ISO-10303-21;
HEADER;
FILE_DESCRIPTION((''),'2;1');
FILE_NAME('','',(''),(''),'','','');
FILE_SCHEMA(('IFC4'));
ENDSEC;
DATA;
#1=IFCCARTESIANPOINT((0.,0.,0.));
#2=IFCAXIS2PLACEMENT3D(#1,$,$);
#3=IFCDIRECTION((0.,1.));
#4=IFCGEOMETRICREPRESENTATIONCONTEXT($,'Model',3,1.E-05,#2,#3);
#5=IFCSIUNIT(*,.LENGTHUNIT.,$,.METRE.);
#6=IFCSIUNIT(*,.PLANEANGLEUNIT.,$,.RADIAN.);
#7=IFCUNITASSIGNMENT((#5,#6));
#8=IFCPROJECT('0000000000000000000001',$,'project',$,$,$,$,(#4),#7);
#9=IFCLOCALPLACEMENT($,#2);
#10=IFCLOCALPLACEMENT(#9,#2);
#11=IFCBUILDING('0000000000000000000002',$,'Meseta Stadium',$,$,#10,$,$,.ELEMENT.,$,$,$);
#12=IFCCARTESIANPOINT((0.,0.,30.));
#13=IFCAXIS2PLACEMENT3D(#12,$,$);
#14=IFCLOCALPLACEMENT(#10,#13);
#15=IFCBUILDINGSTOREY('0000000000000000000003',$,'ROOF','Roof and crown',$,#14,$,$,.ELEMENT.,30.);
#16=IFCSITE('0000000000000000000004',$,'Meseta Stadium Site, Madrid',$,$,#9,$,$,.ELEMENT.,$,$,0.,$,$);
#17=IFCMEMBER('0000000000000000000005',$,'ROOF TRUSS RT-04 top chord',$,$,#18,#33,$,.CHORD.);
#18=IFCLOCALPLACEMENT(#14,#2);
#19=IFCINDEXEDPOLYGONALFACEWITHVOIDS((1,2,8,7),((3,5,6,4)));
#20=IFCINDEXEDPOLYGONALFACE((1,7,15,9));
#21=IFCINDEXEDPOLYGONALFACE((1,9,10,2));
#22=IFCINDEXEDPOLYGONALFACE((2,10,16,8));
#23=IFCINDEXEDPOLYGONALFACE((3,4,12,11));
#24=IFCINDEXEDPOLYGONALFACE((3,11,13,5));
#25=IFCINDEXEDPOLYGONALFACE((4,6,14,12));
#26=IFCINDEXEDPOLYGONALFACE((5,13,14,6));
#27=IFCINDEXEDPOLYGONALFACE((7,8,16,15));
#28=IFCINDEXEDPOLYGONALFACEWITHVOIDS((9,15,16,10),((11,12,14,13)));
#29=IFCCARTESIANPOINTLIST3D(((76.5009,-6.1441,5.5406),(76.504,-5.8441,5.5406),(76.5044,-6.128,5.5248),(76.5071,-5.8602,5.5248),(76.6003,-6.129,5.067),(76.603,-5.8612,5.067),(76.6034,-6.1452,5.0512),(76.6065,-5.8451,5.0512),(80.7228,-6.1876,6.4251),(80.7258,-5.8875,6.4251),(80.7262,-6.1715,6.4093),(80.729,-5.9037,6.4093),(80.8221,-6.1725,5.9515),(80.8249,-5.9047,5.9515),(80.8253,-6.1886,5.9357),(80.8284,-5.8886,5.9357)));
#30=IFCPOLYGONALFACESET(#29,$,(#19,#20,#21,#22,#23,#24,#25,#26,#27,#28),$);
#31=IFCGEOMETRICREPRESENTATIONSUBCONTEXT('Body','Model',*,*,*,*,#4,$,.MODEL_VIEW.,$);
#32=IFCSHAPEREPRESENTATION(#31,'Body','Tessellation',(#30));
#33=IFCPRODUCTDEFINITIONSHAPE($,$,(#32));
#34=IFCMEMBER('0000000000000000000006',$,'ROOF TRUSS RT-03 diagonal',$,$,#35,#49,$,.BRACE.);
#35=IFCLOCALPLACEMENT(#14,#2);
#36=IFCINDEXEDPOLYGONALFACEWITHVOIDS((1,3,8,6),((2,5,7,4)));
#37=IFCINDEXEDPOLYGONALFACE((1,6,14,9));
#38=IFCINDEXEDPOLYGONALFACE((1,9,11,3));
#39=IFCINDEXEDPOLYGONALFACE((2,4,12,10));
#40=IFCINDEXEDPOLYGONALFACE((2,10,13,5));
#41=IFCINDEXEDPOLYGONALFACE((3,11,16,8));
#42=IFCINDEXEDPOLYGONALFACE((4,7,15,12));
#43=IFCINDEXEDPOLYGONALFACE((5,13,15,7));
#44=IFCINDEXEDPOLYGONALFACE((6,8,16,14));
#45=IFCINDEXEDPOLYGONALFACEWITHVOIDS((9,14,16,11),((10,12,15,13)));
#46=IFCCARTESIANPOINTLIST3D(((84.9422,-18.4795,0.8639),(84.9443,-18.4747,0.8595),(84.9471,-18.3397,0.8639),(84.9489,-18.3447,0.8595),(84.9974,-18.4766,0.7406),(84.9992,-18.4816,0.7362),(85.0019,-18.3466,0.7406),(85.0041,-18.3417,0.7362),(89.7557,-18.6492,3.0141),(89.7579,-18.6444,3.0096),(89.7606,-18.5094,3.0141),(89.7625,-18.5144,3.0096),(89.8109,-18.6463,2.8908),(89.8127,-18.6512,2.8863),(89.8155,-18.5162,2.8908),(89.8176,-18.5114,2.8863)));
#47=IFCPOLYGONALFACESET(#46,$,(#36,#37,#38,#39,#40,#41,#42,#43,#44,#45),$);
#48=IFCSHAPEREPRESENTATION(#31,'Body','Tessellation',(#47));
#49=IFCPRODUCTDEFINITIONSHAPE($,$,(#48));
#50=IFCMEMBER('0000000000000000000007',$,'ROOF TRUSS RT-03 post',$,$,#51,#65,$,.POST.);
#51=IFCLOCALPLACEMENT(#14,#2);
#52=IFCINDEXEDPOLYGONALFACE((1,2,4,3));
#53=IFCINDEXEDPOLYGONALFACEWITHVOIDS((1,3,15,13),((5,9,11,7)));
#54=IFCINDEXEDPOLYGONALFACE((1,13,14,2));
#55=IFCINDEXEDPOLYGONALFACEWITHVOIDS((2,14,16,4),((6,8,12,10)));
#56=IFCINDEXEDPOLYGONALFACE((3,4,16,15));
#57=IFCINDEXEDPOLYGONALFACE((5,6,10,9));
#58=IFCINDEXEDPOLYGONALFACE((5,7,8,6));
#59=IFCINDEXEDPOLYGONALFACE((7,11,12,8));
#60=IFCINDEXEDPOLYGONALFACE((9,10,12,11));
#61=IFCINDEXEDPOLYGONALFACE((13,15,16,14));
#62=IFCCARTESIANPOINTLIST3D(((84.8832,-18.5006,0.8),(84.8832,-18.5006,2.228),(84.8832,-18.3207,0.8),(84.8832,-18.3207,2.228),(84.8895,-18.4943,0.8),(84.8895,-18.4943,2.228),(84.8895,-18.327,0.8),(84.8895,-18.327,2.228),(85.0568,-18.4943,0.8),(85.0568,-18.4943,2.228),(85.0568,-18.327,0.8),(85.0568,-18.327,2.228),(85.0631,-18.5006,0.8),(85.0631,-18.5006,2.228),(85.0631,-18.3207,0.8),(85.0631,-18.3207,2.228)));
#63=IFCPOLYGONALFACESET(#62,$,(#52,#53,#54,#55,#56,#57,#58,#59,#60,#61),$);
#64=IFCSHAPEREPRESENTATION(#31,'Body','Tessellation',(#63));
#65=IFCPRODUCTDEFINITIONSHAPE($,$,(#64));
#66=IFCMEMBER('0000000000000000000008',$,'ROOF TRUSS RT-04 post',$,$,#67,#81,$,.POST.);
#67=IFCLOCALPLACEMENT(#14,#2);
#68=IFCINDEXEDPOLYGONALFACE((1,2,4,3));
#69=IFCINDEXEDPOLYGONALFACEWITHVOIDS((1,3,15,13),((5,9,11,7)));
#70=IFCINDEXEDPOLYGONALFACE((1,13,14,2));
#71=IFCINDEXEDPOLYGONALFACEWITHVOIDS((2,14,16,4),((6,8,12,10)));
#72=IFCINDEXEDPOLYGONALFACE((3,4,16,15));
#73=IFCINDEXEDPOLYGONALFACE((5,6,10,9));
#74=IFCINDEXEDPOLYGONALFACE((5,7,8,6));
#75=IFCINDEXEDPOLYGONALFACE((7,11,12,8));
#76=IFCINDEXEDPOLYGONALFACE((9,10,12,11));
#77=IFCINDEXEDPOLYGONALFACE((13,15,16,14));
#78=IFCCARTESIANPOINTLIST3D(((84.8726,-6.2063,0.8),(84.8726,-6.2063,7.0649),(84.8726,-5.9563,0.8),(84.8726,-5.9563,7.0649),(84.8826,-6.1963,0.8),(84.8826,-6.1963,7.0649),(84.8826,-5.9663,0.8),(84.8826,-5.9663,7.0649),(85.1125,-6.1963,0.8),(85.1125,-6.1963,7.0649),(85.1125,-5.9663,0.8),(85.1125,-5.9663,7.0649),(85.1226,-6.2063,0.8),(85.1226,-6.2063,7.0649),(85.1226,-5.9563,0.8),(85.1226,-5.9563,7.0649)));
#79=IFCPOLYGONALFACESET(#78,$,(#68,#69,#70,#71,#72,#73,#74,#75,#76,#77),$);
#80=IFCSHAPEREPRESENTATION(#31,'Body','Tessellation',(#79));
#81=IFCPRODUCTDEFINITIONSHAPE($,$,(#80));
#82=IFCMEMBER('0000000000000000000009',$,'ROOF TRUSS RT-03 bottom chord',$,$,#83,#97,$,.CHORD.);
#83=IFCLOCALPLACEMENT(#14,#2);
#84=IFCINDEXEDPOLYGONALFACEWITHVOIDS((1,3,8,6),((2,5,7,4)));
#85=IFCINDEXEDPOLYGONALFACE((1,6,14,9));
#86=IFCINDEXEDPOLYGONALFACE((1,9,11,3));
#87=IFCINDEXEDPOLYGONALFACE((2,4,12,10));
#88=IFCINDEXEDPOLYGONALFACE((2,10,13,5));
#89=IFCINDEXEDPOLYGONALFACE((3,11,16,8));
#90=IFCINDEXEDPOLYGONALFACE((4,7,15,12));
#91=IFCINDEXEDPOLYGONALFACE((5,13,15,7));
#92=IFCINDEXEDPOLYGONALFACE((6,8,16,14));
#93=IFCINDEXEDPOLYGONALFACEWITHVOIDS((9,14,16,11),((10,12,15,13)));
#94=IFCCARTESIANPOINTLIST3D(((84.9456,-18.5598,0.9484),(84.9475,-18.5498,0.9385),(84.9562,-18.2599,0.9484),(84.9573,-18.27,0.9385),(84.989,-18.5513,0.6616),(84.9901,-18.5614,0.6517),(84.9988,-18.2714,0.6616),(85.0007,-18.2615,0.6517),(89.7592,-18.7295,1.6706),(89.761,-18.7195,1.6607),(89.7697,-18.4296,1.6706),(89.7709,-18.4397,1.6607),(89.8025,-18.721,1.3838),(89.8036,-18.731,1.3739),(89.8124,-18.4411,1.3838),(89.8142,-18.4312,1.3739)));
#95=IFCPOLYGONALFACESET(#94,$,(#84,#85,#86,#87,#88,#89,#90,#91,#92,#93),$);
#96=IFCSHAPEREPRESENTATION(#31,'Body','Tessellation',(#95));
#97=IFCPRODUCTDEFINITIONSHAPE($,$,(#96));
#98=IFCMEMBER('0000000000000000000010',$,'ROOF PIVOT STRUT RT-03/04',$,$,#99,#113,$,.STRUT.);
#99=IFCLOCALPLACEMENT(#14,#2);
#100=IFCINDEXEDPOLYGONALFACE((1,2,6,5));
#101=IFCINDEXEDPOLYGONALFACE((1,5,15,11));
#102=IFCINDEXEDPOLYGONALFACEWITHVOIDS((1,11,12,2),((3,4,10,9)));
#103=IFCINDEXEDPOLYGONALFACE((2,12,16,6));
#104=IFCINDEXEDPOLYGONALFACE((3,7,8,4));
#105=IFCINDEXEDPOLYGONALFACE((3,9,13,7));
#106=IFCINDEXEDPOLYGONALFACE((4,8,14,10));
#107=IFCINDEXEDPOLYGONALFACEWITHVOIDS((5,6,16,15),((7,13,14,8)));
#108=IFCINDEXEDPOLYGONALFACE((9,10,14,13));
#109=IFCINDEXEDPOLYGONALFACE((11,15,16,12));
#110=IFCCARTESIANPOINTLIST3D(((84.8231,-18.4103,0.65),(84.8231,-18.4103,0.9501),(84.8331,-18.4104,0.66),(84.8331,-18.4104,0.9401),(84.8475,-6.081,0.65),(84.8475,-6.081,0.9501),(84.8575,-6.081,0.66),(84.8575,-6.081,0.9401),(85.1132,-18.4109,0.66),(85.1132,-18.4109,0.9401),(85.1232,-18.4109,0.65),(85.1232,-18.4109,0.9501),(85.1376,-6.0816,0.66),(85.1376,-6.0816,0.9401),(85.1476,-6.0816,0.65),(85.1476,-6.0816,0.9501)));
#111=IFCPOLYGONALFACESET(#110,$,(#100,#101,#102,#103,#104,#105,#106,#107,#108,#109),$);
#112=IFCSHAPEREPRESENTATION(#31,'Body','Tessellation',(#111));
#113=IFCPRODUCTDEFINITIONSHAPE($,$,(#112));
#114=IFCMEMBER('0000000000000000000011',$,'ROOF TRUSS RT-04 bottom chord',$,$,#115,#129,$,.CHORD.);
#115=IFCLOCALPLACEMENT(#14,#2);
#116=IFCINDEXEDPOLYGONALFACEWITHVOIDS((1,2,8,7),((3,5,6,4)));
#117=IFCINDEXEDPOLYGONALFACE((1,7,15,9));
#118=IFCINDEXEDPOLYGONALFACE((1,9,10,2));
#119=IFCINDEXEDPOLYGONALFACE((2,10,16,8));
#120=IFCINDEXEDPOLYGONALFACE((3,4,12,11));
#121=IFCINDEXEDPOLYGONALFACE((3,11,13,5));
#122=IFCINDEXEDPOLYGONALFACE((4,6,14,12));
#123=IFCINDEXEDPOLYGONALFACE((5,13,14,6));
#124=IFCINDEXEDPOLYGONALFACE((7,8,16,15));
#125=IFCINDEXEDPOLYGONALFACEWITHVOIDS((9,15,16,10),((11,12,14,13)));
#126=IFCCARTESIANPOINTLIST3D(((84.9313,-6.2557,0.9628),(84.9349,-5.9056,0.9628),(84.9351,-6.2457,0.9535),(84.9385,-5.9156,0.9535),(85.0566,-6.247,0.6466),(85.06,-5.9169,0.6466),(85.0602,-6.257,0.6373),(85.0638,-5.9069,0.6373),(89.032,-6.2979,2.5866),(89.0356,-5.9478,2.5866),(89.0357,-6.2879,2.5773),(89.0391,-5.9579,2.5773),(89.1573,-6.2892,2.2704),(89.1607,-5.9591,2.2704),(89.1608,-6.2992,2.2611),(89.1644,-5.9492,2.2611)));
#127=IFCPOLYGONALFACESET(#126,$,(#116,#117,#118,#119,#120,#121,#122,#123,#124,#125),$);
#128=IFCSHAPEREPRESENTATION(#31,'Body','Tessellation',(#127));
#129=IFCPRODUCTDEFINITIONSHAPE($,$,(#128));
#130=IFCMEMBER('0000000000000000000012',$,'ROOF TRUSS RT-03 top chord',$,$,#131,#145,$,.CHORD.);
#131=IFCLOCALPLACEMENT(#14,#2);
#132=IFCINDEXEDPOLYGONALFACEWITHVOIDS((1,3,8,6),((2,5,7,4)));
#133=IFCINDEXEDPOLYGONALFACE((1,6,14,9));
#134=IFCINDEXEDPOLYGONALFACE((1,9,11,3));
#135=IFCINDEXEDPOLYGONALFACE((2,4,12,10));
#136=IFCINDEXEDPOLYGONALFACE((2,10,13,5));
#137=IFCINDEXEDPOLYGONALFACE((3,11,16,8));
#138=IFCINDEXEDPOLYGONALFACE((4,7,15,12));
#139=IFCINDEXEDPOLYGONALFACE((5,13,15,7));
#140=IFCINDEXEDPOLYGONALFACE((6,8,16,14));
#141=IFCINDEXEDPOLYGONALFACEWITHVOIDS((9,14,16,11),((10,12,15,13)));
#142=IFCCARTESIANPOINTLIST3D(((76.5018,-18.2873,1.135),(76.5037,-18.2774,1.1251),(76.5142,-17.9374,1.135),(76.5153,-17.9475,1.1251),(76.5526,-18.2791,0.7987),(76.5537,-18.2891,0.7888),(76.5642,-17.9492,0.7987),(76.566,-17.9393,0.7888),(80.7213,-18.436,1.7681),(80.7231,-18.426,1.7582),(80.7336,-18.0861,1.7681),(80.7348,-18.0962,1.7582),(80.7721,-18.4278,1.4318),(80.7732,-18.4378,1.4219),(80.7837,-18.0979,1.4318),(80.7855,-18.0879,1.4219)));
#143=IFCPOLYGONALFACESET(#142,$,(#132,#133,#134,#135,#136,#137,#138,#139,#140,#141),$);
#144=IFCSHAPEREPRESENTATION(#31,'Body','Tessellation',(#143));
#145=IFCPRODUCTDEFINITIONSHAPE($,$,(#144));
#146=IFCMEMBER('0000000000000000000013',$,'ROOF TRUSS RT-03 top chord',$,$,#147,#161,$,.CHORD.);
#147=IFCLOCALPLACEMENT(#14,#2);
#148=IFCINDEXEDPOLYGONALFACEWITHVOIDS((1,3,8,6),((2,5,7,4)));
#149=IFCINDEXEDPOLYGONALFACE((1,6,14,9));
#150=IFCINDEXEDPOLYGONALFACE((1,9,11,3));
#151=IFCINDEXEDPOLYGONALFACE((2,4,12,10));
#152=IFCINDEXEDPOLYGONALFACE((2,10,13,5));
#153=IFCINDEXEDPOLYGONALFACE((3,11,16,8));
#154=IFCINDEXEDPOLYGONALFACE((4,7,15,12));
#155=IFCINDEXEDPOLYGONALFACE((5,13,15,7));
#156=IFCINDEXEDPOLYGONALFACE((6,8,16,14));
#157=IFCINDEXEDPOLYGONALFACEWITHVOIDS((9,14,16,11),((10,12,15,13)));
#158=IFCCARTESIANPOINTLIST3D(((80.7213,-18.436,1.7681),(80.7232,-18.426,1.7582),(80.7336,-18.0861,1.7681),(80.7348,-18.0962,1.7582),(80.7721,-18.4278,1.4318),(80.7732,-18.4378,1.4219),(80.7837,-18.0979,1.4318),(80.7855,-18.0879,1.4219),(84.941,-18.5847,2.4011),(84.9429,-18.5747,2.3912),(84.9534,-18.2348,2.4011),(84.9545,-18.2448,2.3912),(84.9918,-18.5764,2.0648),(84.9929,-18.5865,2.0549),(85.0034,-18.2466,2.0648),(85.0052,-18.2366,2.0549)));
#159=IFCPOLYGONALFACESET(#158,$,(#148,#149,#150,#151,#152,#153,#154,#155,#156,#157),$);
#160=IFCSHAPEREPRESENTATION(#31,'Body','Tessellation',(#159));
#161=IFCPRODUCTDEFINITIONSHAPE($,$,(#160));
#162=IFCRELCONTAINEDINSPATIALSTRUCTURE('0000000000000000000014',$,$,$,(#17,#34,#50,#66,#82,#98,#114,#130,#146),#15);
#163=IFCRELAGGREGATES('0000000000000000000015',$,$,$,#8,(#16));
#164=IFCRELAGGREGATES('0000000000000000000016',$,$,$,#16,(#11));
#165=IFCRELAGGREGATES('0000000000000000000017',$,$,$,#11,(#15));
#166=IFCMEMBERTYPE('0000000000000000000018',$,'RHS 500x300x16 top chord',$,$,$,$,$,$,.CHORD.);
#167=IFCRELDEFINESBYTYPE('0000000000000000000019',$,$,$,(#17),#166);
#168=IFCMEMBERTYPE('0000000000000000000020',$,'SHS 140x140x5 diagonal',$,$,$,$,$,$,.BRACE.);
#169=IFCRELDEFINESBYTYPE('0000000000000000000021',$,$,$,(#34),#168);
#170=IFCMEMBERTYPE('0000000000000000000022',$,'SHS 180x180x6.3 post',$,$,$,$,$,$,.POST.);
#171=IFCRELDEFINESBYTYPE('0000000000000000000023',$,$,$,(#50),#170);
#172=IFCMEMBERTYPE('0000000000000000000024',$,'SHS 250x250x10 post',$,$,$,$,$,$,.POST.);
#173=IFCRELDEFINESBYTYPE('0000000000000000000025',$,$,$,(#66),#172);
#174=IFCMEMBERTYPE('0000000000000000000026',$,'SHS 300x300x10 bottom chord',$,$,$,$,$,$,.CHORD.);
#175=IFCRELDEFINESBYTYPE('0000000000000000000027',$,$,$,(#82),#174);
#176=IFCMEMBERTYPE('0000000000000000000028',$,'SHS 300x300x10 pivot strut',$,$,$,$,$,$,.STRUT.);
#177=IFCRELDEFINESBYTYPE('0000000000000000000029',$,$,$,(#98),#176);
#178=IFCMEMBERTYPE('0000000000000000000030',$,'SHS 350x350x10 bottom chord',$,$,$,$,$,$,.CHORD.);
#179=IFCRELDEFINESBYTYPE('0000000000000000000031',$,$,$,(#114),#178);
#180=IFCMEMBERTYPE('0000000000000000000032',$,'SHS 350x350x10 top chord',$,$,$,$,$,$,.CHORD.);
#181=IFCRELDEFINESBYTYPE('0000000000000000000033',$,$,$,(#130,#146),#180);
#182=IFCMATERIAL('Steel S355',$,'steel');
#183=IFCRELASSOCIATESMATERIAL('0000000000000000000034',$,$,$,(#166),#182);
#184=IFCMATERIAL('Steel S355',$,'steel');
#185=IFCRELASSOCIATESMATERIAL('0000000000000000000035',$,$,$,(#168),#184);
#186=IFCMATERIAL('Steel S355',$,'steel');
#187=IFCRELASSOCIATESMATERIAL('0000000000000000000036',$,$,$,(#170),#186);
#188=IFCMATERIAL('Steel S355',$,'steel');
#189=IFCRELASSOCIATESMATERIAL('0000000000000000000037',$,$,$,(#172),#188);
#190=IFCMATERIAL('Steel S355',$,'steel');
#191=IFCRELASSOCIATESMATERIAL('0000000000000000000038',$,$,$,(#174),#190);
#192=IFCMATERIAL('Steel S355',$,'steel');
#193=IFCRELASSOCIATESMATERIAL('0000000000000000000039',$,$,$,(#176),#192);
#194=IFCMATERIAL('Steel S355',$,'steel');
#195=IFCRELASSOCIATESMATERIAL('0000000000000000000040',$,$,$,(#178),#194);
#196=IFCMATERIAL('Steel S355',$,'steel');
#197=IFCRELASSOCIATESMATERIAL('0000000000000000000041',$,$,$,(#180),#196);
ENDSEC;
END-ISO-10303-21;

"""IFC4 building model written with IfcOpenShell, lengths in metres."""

from ifc_helpers import new_model, si_unit, direction, frame, origin, origin_2d, place, context, subcontext, project, spatial, hollow_rectangle, extrude, material, material_profile, profile_set, type_object, element, save


model = new_model("IFC4")

# Units and contexts
model_context = context("Model", 3, precision=1e-05, world=origin(), true_north=direction((0.0, 1.0)))
body_context = subcontext(model_context, "Body", "Model", "MODEL_VIEW")
ifc_project = project(units=[si_unit("LENGTHUNIT", "METRE"), si_unit("PLANEANGLEUNIT", "RADIAN")], contexts=[model_context])

# Site, building, storey
site_placement = place(None, origin())
site = spatial("IfcSite", under=ifc_project, at=site_placement, Name="Meseta Stadium Site, Madrid", CompositionType="ELEMENT", RefElevation=0.0)
building_placement = place(site_placement, origin())
building = spatial("IfcBuilding", under=site, at=building_placement, Name="Meseta Stadium", CompositionType="ELEMENT")
storey_placement = place(building_placement, frame((0.0, 0.0, 30.0)))
storey = spatial("IfcBuildingStorey", under=building, at=storey_placement, Name="ROOF", Description="Roof and crown", CompositionType="ELEMENT", Elevation=30.0)

# Members
ifc_material_1 = material(Name="Steel S355", Category="steel")
ifc_material_profile_1 = material_profile(ifc_material_1, hollow_rectangle(XDim=0.3, YDim=0.5, WallThickness=0.0161, at=origin_2d()), Name="RHS 500x300x16")
ifc_profile_set_1 = profile_set([ifc_material_profile_1], Name="Steel S355")
member_type_1 = type_object("IfcMemberType", Name="RHS 500x300x16 top chord", PredefinedType="CHORD", material=ifc_profile_set_1)
member_1_placement = place(storey_placement, frame((76.5537, -5.9946, 5.2959), z_axis=(0.978701, -0.010074, 0.205044), x_axis=(0.010293, 0.999947, 0.0)))
element("IfcMember", 1, at=member_1_placement, inside=storey, type_object=member_type_1, Name="ROOF TRUSS RT-04 top chord", PredefinedType="CHORD", context=body_context, shape_type="SweptSolid", body=[
    extrude(hollow_rectangle(XDim=0.3, YDim=0.5, WallThickness=0.0161, at=origin_2d()), origin(), (0.0, 0.0, 1.0), 4.3137),
])
ifc_material_2 = material(Name="Steel S355", Category="steel")
ifc_material_profile_2 = material_profile(ifc_material_2, hollow_rectangle(XDim=0.1399, YDim=0.1399, WallThickness=0.0049, at=origin_2d()), Name="SHS 140x140x5")
ifc_profile_set_2 = profile_set([ifc_material_profile_2], Name="Steel S355")
member_type_2 = type_object("IfcMemberType", Name="SHS 140x140x5 diagonal", PredefinedType="BRACE", material=ifc_profile_set_2)
member_2_placement = place(storey_placement, frame((84.9731, -18.4106, 0.8), z_axis=(0.912575, -0.032169, 0.407641), x_axis=(0.035229, 0.999379, 0.0)))
element("IfcMember", 2, at=member_2_placement, inside=storey, type_object=member_type_2, Name="ROOF TRUSS RT-03 diagonal", PredefinedType="BRACE", context=body_context, shape_type="SweptSolid", body=[
    extrude(hollow_rectangle(XDim=0.1399, YDim=0.1399, WallThickness=0.0049, at=origin_2d()), origin(), (0.0, 0.0, 1.0), 5.2747),
])
ifc_material_3 = material(Name="Steel S355", Category="steel")
ifc_material_profile_3 = material_profile(ifc_material_3, hollow_rectangle(XDim=0.1799, YDim=0.1799, WallThickness=0.0063, at=origin_2d()), Name="SHS 180x180x6.3")
ifc_profile_set_3 = profile_set([ifc_material_profile_3], Name="Steel S355")
member_type_3 = type_object("IfcMemberType", Name="SHS 180x180x6.3 post", PredefinedType="POST", material=ifc_profile_set_3)
member_3_placement = place(storey_placement, frame((84.9731, -18.4106, 0.8), z_axis=(0.0, 0.0, 1.0), x_axis=(1.0, 0.0, 0.0)))
element("IfcMember", 3, at=member_3_placement, inside=storey, type_object=member_type_3, Name="ROOF TRUSS RT-03 post", PredefinedType="POST", context=body_context, shape_type="SweptSolid", body=[
    extrude(hollow_rectangle(XDim=0.1799, YDim=0.1799, WallThickness=0.0063, at=origin_2d()), origin(), (0.0, 0.0, 1.0), 1.428),
])
ifc_material_4 = material(Name="Steel S355", Category="steel")
ifc_material_profile_4 = material_profile(ifc_material_4, hollow_rectangle(XDim=0.25, YDim=0.25, WallThickness=0.01, at=origin_2d()), Name="SHS 250x250x10")
ifc_profile_set_4 = profile_set([ifc_material_profile_4], Name="Steel S355")
member_type_4 = type_object("IfcMemberType", Name="SHS 250x250x10 post", PredefinedType="POST", material=ifc_profile_set_4)
member_4_placement = place(storey_placement, frame((84.9976, -6.0813, 0.8), z_axis=(0.0, 0.0, 1.0), x_axis=(1.0, 0.0, 0.0)))
element("IfcMember", 4, at=member_4_placement, inside=storey, type_object=member_type_4, Name="ROOF TRUSS RT-04 post", PredefinedType="POST", context=body_context, shape_type="SweptSolid", body=[
    extrude(hollow_rectangle(XDim=0.25, YDim=0.25, WallThickness=0.01, at=origin_2d()), origin(), (0.0, 0.0, 1.0), 6.2649),
])
ifc_material_5 = material(Name="Steel S355", Category="steel")
ifc_material_profile_5 = material_profile(ifc_material_5, hollow_rectangle(XDim=0.3, YDim=0.3, WallThickness=0.01, at=origin_2d()), Name="SHS 300x300x10")
ifc_profile_set_5 = profile_set([ifc_material_profile_5], Name="Steel S355")
member_type_5 = type_object("IfcMemberType", Name="SHS 300x300x10 bottom chord", PredefinedType="CHORD", material=ifc_profile_set_5)
member_5_placement = place(storey_placement, frame((84.9731, -18.4106, 0.8), z_axis=(0.988332, -0.034839, 0.14828), x_axis=(0.035229, 0.999379, 0.0)))
element("IfcMember", 5, at=member_5_placement, inside=storey, type_object=member_type_5, Name="ROOF TRUSS RT-03 bottom chord", PredefinedType="CHORD", context=body_context, shape_type="SweptSolid", body=[
    extrude(hollow_rectangle(XDim=0.3, YDim=0.3, WallThickness=0.01, at=origin_2d()), origin(), (0.0, 0.0, 1.0), 4.8704),
])
ifc_material_6 = material(Name="Steel S355", Category="steel")
ifc_material_profile_6 = material_profile(ifc_material_6, hollow_rectangle(XDim=0.3, YDim=0.3, WallThickness=0.01, at=origin_2d()), Name="SHS 300x300x10")
ifc_profile_set_6 = profile_set([ifc_material_profile_6], Name="Steel S355")
member_type_6 = type_object("IfcMemberType", Name="SHS 300x300x10 pivot strut", PredefinedType="STRUT", material=ifc_profile_set_6)
member_6_placement = place(storey_placement, frame((84.9731, -18.4106, 0.8), z_axis=(0.00198, 0.999998, 0.0), x_axis=(-0.999998, 0.00198, 0.0)))
element("IfcMember", 6, at=member_6_placement, inside=storey, type_object=member_type_6, Name="ROOF PIVOT STRUT RT-03/04", PredefinedType="STRUT", context=body_context, shape_type="SweptSolid", body=[
    extrude(hollow_rectangle(XDim=0.3, YDim=0.3, WallThickness=0.01, at=origin_2d()), origin(), (0.0, 0.0, 1.0), 12.3293),
])
ifc_material_7 = material(Name="Steel S355", Category="steel")
ifc_material_profile_7 = material_profile(ifc_material_7, hollow_rectangle(XDim=0.3501, YDim=0.3501, WallThickness=0.01, at=origin_2d()), Name="SHS 350x350x10")
ifc_profile_set_7 = profile_set([ifc_material_profile_7], Name="Steel S355")
member_type_7 = type_object("IfcMemberType", Name="SHS 350x350x10 bottom chord", PredefinedType="CHORD", material=ifc_profile_set_7)
member_7_placement = place(storey_placement, frame((84.9976, -6.0813, 0.8), z_axis=(0.929715, -0.009576, 0.368155), x_axis=(0.0103, 0.999947, 0.0)))
element("IfcMember", 7, at=member_7_placement, inside=storey, type_object=member_type_7, Name="ROOF TRUSS RT-04 bottom chord", PredefinedType="CHORD", context=body_context, shape_type="SweptSolid", body=[
    extrude(hollow_rectangle(XDim=0.3501, YDim=0.3501, WallThickness=0.01, at=origin_2d()), origin(), (0.0, 0.0, 1.0), 4.4106),
])
ifc_material_8 = material(Name="Steel S355", Category="steel")
ifc_material_profile_8 = material_profile(ifc_material_8, hollow_rectangle(XDim=0.3501, YDim=0.3501, WallThickness=0.01, at=origin_2d()), Name="SHS 350x350x10")
ifc_profile_set_8 = profile_set([ifc_material_profile_8], Name="Steel S355")
member_type_8 = type_object("IfcMemberType", Name="SHS 350x350x10 top chord", PredefinedType="CHORD", material=ifc_profile_set_8)
member_8_placement = place(storey_placement, frame((76.5339, -18.1133, 0.9619), z_axis=(0.988332, -0.034826, 0.148281), x_axis=(0.035215, 0.99938, 0.0)))
element("IfcMember", 8, at=member_8_placement, inside=storey, type_object=member_type_8, Name="ROOF TRUSS RT-03 top chord", PredefinedType="CHORD", context=body_context, shape_type="SweptSolid", body=[
    extrude(hollow_rectangle(XDim=0.3501, YDim=0.3501, WallThickness=0.01, at=origin_2d()), origin(), (0.0, 0.0, 1.0), 4.2693),
])
member_9_placement = place(storey_placement, frame((80.7534, -18.262, 1.595), z_axis=(0.988333, -0.034824, 0.148273), x_axis=(0.035213, 0.99938, 0.0)))
element("IfcMember", 9, at=member_9_placement, inside=storey, type_object=member_type_8, Name="ROOF TRUSS RT-03 top chord", PredefinedType="CHORD", context=body_context, shape_type="SweptSolid", body=[
    extrude(hollow_rectangle(XDim=0.3501, YDim=0.3501, WallThickness=0.01, at=origin_2d()), origin(), (0.0, 0.0, 1.0), 4.2695),
])

save(model, "model.ifc")
